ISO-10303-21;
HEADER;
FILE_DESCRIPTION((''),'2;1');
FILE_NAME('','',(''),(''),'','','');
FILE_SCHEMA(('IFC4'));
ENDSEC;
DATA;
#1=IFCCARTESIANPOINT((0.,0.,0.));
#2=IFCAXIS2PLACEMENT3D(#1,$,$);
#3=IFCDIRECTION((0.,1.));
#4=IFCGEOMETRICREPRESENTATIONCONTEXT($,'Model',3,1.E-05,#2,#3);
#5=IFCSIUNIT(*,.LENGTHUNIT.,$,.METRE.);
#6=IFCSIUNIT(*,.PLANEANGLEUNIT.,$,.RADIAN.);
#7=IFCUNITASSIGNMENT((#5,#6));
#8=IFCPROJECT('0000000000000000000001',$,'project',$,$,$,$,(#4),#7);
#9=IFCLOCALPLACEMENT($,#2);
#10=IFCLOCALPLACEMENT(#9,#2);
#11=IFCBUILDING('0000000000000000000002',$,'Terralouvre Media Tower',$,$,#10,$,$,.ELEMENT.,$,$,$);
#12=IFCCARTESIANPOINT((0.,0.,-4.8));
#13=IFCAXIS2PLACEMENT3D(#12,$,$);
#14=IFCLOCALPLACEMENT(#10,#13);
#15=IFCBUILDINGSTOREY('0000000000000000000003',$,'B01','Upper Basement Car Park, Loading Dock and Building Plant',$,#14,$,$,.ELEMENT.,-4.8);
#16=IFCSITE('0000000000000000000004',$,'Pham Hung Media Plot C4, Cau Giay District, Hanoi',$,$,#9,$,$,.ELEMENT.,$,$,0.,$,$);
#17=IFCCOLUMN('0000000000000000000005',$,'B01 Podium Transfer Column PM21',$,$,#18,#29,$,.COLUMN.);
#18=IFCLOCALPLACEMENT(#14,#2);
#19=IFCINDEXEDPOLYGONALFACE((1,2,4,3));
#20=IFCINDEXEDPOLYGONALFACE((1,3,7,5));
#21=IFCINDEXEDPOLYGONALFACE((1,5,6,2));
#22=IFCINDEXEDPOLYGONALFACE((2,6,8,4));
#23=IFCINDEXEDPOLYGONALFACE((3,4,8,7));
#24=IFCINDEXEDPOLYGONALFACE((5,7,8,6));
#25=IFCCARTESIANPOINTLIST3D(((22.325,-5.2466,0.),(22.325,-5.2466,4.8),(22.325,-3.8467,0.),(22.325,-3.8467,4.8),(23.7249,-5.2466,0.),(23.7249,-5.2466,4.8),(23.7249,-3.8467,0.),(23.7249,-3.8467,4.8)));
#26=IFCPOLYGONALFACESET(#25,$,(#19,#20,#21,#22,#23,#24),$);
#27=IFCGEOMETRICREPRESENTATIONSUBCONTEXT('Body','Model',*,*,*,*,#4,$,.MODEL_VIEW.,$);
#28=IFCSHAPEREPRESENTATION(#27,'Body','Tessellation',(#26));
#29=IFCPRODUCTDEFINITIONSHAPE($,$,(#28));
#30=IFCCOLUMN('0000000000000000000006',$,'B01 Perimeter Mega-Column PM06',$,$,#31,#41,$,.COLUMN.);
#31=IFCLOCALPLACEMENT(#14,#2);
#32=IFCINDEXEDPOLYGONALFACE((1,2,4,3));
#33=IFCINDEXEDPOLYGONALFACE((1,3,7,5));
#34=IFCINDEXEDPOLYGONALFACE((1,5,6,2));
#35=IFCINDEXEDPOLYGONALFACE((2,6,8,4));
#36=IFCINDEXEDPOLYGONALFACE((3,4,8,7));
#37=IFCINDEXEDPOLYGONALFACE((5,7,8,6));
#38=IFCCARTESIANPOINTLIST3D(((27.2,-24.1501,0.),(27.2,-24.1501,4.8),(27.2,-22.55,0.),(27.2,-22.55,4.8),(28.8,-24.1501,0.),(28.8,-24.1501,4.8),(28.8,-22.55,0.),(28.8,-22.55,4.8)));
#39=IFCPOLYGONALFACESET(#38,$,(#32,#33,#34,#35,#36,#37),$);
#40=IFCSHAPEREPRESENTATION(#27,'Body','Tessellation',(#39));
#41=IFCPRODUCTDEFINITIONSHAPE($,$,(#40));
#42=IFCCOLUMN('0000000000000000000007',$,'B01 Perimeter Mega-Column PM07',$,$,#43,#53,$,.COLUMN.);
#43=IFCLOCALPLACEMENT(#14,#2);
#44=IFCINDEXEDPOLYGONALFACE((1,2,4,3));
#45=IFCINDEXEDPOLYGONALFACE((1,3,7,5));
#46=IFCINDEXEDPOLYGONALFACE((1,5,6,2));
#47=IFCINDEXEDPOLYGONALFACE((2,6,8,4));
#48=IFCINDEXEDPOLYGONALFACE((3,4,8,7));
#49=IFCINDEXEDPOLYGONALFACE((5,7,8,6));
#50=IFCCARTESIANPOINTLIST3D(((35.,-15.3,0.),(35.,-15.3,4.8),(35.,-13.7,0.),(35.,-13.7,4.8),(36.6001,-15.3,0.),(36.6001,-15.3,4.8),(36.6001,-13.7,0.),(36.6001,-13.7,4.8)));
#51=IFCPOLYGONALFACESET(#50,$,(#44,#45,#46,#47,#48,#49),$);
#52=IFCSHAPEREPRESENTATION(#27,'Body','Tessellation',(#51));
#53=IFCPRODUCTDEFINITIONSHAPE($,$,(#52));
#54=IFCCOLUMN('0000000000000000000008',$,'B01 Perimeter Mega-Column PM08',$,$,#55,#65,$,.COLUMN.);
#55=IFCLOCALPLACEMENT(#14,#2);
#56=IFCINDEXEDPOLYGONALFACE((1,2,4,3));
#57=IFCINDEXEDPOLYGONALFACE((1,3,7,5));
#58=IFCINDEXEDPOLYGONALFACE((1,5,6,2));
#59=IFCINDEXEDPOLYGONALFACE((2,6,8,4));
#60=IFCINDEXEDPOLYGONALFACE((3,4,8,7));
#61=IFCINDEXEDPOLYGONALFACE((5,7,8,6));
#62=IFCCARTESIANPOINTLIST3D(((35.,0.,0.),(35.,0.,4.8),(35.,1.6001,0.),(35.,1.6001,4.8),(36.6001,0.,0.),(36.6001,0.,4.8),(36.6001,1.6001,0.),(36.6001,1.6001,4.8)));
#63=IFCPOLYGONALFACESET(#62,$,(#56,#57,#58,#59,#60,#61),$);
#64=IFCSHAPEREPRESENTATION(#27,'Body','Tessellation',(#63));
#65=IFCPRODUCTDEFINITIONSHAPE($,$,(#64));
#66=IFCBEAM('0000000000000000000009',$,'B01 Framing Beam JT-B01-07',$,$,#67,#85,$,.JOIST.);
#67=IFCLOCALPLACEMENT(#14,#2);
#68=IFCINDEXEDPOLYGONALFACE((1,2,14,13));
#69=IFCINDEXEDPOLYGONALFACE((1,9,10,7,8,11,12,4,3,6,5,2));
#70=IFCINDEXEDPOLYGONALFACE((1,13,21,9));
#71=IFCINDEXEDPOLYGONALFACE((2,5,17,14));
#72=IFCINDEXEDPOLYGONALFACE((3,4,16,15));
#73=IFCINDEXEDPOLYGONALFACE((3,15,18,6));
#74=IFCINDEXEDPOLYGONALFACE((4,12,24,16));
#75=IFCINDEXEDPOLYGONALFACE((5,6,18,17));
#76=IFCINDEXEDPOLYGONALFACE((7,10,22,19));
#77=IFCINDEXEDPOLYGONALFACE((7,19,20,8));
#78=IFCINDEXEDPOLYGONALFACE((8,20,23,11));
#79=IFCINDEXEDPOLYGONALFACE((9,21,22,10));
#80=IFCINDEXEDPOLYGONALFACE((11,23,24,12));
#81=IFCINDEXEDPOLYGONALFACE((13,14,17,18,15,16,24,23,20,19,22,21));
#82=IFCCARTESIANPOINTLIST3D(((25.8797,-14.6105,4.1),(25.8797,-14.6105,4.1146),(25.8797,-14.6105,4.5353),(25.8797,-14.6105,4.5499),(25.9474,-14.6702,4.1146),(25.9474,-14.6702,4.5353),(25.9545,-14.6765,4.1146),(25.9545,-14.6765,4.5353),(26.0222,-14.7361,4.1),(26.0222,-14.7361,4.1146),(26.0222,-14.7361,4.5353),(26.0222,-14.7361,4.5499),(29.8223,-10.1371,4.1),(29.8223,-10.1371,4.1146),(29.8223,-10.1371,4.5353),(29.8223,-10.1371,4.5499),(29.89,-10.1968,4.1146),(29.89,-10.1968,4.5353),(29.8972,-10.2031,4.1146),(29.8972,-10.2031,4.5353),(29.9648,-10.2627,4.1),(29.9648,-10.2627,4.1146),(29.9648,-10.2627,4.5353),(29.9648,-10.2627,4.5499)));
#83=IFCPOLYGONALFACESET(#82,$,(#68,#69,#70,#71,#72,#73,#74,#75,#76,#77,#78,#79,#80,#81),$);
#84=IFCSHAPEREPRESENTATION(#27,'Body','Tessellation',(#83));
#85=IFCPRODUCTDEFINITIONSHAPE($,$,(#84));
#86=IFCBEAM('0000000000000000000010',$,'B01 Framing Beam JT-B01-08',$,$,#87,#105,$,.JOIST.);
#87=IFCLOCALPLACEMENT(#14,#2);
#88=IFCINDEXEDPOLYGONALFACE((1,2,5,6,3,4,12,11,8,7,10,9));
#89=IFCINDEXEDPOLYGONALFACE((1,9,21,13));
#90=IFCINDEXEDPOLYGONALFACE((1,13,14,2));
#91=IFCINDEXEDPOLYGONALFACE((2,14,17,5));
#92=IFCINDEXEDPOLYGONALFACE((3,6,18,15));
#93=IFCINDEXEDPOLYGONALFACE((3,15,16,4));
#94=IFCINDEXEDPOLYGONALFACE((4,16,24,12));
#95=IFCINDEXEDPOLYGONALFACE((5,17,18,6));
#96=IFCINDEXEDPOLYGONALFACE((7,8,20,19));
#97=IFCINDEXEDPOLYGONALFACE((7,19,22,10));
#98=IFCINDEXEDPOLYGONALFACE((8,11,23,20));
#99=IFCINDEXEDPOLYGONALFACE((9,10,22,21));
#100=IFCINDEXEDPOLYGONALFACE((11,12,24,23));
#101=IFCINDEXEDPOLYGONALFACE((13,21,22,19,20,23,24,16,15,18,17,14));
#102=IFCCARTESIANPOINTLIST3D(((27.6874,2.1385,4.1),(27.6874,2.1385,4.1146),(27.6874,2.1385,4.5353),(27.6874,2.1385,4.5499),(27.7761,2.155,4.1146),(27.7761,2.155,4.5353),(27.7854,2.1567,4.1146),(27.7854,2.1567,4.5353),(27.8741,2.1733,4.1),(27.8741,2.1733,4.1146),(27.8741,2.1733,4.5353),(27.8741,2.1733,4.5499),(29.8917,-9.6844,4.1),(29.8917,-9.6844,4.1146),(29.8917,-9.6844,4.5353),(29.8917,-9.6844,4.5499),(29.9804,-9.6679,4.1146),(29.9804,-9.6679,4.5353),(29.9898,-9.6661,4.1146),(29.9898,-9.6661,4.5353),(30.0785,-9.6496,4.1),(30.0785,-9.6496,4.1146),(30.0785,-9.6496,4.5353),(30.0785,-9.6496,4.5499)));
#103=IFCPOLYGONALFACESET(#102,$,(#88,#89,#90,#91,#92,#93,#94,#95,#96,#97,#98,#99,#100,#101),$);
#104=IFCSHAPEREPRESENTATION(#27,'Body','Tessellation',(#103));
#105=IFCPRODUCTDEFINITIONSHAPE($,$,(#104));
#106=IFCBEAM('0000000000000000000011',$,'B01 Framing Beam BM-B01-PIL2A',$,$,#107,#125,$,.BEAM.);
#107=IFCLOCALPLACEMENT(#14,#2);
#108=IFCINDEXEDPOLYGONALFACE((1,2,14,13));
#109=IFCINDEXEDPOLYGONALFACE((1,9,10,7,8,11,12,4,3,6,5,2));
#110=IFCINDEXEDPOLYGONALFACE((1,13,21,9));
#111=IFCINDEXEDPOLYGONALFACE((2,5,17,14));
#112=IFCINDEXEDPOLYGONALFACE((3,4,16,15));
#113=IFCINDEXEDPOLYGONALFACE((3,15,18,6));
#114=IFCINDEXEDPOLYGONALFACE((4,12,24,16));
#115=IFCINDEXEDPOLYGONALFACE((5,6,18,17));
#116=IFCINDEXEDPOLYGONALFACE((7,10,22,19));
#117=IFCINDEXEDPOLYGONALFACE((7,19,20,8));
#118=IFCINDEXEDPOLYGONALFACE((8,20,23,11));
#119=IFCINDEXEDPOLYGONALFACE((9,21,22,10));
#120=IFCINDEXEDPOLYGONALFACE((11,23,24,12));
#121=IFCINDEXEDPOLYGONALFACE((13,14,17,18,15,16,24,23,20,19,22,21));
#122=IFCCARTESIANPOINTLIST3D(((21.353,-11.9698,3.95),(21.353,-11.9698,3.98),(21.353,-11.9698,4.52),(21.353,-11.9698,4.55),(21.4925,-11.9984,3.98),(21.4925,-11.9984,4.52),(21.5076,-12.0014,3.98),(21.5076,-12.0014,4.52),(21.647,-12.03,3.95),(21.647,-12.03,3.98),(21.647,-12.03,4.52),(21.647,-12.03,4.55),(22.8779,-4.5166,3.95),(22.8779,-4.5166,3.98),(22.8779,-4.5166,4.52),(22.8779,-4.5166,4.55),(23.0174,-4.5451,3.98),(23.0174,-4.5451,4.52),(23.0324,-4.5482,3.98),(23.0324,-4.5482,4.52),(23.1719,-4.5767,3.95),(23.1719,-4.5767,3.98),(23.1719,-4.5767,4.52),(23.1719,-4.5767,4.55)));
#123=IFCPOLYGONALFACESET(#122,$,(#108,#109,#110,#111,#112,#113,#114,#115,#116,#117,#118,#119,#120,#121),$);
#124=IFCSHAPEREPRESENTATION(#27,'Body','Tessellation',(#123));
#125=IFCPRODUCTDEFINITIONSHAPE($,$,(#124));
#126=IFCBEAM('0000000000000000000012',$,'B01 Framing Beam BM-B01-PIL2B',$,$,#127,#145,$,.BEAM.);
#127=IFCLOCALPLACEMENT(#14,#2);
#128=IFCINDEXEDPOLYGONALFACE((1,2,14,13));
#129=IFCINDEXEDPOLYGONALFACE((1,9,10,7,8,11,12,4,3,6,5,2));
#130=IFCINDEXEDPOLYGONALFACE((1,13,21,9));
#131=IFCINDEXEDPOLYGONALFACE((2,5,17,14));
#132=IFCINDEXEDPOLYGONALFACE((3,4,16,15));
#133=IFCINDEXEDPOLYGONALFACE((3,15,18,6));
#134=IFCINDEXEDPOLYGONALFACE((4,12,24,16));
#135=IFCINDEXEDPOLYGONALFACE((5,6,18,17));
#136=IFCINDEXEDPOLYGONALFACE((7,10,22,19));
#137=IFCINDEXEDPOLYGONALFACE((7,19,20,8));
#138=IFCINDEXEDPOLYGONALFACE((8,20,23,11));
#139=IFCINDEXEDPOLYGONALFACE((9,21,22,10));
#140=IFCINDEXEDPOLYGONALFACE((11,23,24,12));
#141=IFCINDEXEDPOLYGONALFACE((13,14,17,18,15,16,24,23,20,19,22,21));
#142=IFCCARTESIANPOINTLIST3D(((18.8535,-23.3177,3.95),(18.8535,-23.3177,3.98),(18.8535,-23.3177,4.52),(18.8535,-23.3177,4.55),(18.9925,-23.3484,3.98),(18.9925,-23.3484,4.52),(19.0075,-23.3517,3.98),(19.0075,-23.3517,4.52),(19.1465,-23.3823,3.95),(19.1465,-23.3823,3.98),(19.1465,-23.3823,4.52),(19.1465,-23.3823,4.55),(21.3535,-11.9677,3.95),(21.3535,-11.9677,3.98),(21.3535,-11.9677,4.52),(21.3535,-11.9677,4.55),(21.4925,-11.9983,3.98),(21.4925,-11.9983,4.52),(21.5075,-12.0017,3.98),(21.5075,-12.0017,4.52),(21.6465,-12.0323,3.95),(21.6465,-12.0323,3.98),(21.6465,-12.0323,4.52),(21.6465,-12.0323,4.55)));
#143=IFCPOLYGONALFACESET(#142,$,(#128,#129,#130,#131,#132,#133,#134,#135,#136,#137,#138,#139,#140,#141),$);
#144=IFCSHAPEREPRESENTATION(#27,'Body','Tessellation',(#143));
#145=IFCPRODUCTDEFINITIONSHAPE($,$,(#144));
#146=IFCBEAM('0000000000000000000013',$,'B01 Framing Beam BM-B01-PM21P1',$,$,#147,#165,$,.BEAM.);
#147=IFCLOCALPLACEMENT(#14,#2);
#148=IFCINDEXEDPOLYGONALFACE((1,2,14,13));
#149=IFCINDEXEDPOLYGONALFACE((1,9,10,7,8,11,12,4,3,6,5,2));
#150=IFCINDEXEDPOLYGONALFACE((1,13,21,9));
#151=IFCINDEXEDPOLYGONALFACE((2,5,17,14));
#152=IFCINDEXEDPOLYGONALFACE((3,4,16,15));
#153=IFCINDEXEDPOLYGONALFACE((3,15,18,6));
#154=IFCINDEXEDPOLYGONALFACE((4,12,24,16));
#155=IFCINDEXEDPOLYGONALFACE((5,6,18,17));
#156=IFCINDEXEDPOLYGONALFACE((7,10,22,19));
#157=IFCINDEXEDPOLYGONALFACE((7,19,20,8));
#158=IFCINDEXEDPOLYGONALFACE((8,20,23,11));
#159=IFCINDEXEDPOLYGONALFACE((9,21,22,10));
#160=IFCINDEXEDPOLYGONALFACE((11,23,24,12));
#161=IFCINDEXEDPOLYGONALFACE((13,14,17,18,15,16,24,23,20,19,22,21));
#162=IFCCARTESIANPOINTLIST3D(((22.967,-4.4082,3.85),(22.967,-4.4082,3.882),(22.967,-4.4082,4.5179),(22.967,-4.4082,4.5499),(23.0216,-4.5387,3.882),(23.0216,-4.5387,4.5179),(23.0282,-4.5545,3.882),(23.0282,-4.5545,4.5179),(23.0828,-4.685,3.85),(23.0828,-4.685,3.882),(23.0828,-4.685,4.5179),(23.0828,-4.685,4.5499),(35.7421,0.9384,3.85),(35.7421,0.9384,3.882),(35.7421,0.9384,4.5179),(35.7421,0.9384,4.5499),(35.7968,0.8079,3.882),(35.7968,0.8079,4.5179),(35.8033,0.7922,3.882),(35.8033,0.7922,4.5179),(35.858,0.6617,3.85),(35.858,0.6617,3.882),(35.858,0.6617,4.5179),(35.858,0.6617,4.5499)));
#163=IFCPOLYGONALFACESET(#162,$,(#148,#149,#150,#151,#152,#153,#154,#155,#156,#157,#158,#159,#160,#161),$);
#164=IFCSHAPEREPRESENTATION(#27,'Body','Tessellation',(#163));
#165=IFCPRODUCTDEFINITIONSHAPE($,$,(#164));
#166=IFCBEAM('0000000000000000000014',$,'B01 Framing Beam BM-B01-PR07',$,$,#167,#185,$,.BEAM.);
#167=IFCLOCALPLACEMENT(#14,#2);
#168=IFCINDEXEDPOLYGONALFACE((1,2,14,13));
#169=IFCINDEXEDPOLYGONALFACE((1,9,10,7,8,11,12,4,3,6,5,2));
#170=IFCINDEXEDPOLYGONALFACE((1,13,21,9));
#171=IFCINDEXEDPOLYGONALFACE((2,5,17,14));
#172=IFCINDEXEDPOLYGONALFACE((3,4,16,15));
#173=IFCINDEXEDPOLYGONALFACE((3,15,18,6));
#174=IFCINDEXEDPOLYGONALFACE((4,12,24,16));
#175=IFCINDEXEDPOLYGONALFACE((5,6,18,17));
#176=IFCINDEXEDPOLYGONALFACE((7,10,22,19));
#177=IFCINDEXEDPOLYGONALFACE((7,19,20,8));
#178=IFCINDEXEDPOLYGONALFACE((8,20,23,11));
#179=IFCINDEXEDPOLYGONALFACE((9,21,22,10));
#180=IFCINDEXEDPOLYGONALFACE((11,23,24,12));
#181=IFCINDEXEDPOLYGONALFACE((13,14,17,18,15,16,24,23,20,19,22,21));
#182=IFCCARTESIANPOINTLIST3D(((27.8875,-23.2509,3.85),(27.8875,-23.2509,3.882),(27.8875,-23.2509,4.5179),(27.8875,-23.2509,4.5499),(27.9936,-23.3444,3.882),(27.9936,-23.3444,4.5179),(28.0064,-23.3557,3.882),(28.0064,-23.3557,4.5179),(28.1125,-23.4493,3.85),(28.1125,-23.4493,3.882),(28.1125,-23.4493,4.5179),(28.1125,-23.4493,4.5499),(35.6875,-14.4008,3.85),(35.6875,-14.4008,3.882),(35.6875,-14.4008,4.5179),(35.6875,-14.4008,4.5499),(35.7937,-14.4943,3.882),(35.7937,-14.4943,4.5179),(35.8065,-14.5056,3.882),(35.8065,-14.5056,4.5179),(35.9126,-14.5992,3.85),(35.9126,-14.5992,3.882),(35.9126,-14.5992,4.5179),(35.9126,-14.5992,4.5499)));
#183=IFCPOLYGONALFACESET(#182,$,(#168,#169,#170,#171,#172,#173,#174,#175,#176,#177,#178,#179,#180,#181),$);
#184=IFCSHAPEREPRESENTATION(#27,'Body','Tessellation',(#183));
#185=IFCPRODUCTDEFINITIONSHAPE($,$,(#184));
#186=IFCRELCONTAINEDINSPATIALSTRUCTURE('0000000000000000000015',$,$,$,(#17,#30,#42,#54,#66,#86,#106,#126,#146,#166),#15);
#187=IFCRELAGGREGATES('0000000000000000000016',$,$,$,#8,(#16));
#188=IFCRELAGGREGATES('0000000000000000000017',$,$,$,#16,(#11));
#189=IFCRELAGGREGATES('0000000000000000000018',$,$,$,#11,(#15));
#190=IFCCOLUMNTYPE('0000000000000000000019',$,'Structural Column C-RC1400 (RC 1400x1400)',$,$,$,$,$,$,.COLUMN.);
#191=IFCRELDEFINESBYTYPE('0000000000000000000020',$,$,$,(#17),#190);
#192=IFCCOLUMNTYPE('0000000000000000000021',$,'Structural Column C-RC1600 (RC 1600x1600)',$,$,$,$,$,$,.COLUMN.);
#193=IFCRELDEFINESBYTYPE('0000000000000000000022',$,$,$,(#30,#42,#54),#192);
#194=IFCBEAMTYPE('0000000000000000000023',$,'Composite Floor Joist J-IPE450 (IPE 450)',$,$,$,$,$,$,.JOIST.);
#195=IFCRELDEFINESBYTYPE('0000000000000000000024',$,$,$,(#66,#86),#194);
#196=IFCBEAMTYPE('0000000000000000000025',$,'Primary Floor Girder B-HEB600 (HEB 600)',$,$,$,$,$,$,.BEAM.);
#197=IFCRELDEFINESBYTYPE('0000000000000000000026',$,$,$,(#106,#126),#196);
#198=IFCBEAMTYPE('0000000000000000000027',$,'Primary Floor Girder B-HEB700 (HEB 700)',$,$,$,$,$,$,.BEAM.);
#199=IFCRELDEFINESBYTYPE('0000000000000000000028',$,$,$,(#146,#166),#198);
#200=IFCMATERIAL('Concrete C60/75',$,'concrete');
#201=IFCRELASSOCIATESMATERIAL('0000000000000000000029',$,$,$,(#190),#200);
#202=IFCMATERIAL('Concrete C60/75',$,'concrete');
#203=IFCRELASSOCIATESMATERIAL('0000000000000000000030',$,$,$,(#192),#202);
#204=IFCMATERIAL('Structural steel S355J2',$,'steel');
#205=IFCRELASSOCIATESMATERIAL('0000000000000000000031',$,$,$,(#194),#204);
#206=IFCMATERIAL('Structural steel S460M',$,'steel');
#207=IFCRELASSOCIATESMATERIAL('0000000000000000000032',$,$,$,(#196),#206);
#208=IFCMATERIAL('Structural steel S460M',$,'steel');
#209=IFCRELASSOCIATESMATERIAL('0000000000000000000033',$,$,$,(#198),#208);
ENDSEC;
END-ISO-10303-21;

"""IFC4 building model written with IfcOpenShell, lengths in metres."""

from ifc_helpers import new_model, si_unit, direction, frame, origin, origin_2d, place, context, subcontext, project, spatial, rectangle, i_section, extrude, material, material_profile, profile_set, type_object, element, save


model = new_model("IFC4")

# Units and contexts
model_context = context("Model", 3, precision=1e-05, world=origin(), true_north=direction((0.0, 1.0)))
body_context = subcontext(model_context, "Body", "Model", "MODEL_VIEW")
ifc_project = project(units=[si_unit("LENGTHUNIT", "METRE"), si_unit("PLANEANGLEUNIT", "RADIAN")], contexts=[model_context])

# Site, building, storey
site_placement = place(None, origin())
site = spatial("IfcSite", under=ifc_project, at=site_placement, Name="Pham Hung Media Plot C4, Cau Giay District, Hanoi", CompositionType="ELEMENT", RefElevation=0.0)
building_placement = place(site_placement, origin())
building = spatial("IfcBuilding", under=site, at=building_placement, Name="Terralouvre Media Tower", CompositionType="ELEMENT")
storey_placement = place(building_placement, frame((0.0, 0.0, -4.8)))
storey = spatial("IfcBuildingStorey", under=building, at=storey_placement, Name="B01", Description="Upper Basement Car Park, Loading Dock and Building Plant", CompositionType="ELEMENT", Elevation=-4.8)

# Columns
ifc_material_1 = material(Name="Concrete C60/75", Category="concrete")
ifc_material_profile_1 = material_profile(ifc_material_1, rectangle(XDim=1.3999, YDim=1.3999, at=origin_2d()), Name="RC 1400x1400")
ifc_profile_set_1 = profile_set([ifc_material_profile_1], Name="Concrete C60/75")
column_type_1 = type_object("IfcColumnType", Name="Structural Column C-RC1400 (RC 1400x1400)", PredefinedType="COLUMN", material=ifc_profile_set_1)
column_placement = place(storey_placement, frame((23.0249, -4.5466, 0.0), z_axis=(0.0, 0.0, 1.0), x_axis=(1.0, 0.0, 0.0)))
element("IfcColumn", 1, at=column_placement, inside=storey, type_object=column_type_1, Name="B01 Podium Transfer Column PM21", PredefinedType="COLUMN", context=body_context, shape_type="SweptSolid", body=[
    extrude(rectangle(XDim=1.3999, YDim=1.3999, at=origin_2d()), origin(), (0.0, 0.0, 1.0), 4.8),
])
ifc_material_2 = material(Name="Concrete C60/75", Category="concrete")
ifc_material_profile_2 = material_profile(ifc_material_2, rectangle(XDim=1.6001, YDim=1.6001, at=origin_2d()), Name="RC 1600x1600")
ifc_profile_set_2 = profile_set([ifc_material_profile_2], Name="Concrete C60/75")
column_type_2 = type_object("IfcColumnType", Name="Structural Column C-RC1600 (RC 1600x1600)", PredefinedType="COLUMN", material=ifc_profile_set_2)
for number, where, z_axis, x_axis, name in (
    (2, (28.0, -23.3501, 0.0), (0.0, 0.0, 1.0), (1.0, 0.0, 0.0), "B01 Perimeter Mega-Column PM06"),
    (3, (35.8, -14.5, 0.0), (0.0, 0.0, 1.0), (1.0, 0.0, 0.0), "B01 Perimeter Mega-Column PM07"),
    (4, (35.8, 0.8, 0.0), (0.0, 0.0, 1.0), (1.0, 0.0, 0.0), "B01 Perimeter Mega-Column PM08"),
):
    element("IfcColumn", number, at=place(storey_placement, frame(where, z_axis=z_axis, x_axis=x_axis)), inside=storey, type_object=column_type_2, Name=name, PredefinedType="COLUMN", context=body_context, shape_type="SweptSolid", body=[
        extrude(rectangle(XDim=1.6001, YDim=1.6001, at=origin_2d()), origin(), (0.0, 0.0, 1.0), 4.8),
    ])

# Beams
ifc_material_3 = material(Name="Structural steel S355J2", Category="steel")
ifc_material_profile_3 = material_profile(ifc_material_3, i_section(OverallWidth=0.1899, OverallDepth=0.45, WebThickness=0.0095, FlangeThickness=0.0146, at=origin_2d()), Name="IPE 450")
ifc_profile_set_3 = profile_set([ifc_material_profile_3], Name="Structural steel S355J2")
beam_type_1 = type_object("IfcBeamType", Name="Composite Floor Joist J-IPE450 (IPE 450)", PredefinedType="JOIST", material=ifc_profile_set_3)
beam_1_placement = place(storey_placement, frame((25.9509, -14.6733, 4.325), z_axis=(0.661199, 0.750211, 0.0), x_axis=(-0.750211, 0.661199, 0.0)))
element("IfcBeam", 5, at=beam_1_placement, inside=storey, type_object=beam_type_1, Name="B01 Framing Beam JT-B01-07", PredefinedType="JOIST", context=body_context, shape_type="SweptSolid", body=[
    extrude(i_section(OverallWidth=0.1899, OverallDepth=0.45, WebThickness=0.0095, FlangeThickness=0.0146, at=origin_2d()), origin(), (0.0, 0.0, 1.0), 5.9629),
])
beam_2_placement = place(storey_placement, frame((29.9851, -9.667, 4.325), z_axis=(-0.183291, 0.983059, 0.0), x_axis=(-0.983059, -0.183291, 0.0)))
element("IfcBeam", 6, at=beam_2_placement, inside=storey, type_object=beam_type_1, Name="B01 Framing Beam JT-B01-08", PredefinedType="JOIST", context=body_context, shape_type="SweptSolid", body=[
    extrude(i_section(OverallWidth=0.1899, OverallDepth=0.45, WebThickness=0.0095, FlangeThickness=0.0146, at=origin_2d()), origin(), (0.0, 0.0, 1.0), 12.0266),
])
ifc_material_4 = material(Name="Structural steel S460M", Category="steel")
ifc_material_profile_4 = material_profile(ifc_material_4, i_section(OverallWidth=0.3, OverallDepth=0.6001, WebThickness=0.0154, FlangeThickness=0.03, at=origin_2d()), Name="HEB 600")
ifc_profile_set_4 = profile_set([ifc_material_profile_4], Name="Structural steel S460M")
beam_type_2 = type_object("IfcBeamType", Name="Primary Floor Girder B-HEB600 (HEB 600)", PredefinedType="BEAM", material=ifc_profile_set_4)
beam_3_placement = place(storey_placement, frame((23.0249, -4.5466, 4.25), z_axis=(-0.20044, -0.979706, 0.0), x_axis=(0.979706, -0.20044, 0.0)))
element("IfcBeam", 7, at=beam_3_placement, inside=storey, type_object=beam_type_2, Name="B01 Framing Beam BM-B01-PIL2A", PredefinedType="BEAM", context=body_context, shape_type="SweptSolid", body=[
    extrude(i_section(OverallWidth=0.3, OverallDepth=0.6001, WebThickness=0.0154, FlangeThickness=0.03, at=origin_2d()), origin(), (0.0, 0.0, 1.0), 7.6077),
])
beam_4_placement = place(storey_placement, frame((21.5, -12.0, 4.25), z_axis=(-0.215106, -0.976591, 0.0), x_axis=(0.976591, -0.215106, 0.0)))
element("IfcBeam", 8, at=beam_4_placement, inside=storey, type_object=beam_type_2, Name="B01 Framing Beam BM-B01-PIL2B", PredefinedType="BEAM", context=body_context, shape_type="SweptSolid", body=[
    extrude(i_section(OverallWidth=0.3, OverallDepth=0.6001, WebThickness=0.0154, FlangeThickness=0.03, at=origin_2d()), origin(), (0.0, 0.0, 1.0), 11.6221),
])
ifc_material_5 = material(Name="Structural steel S460M", Category="steel")
ifc_material_profile_5 = material_profile(ifc_material_5, i_section(OverallWidth=0.3, OverallDepth=0.7, WebThickness=0.0171, FlangeThickness=0.032, at=origin_2d()), Name="HEB 700")
ifc_profile_set_5 = profile_set([ifc_material_profile_5], Name="Structural steel S460M")
beam_type_3 = type_object("IfcBeamType", Name="Primary Floor Girder B-HEB700 (HEB 700)", PredefinedType="BEAM", material=ifc_profile_set_5)
beam_5_placement = place(storey_placement, frame((23.0249, -4.5466, 4.2), z_axis=(0.922468, 0.386073, 0.0), x_axis=(-0.386073, 0.922468, 0.0)))
element("IfcBeam", 9, at=beam_5_placement, inside=storey, type_object=beam_type_3, Name="B01 Framing Beam BM-B01-PM21P1", PredefinedType="BEAM", context=body_context, shape_type="SweptSolid", body=[
    extrude(i_section(OverallWidth=0.3, OverallDepth=0.7, WebThickness=0.0171, FlangeThickness=0.032, at=origin_2d()), origin(), (0.0, 0.0, 1.0), 13.8489),
])
beam_6_placement = place(storey_placement, frame((28.0, -23.3501, 4.2), z_axis=(0.661199, 0.75021, 0.0), x_axis=(-0.75021, 0.661199, 0.0)))
element("IfcBeam", 10, at=beam_6_placement, inside=storey, type_object=beam_type_3, Name="B01 Framing Beam BM-B01-PR07", PredefinedType="BEAM", context=body_context, shape_type="SweptSolid", body=[
    extrude(i_section(OverallWidth=0.3, OverallDepth=0.7, WebThickness=0.0171, FlangeThickness=0.032, at=origin_2d()), origin(), (0.0, 0.0, 1.0), 11.7969),
])

save(model, "model.ifc")
